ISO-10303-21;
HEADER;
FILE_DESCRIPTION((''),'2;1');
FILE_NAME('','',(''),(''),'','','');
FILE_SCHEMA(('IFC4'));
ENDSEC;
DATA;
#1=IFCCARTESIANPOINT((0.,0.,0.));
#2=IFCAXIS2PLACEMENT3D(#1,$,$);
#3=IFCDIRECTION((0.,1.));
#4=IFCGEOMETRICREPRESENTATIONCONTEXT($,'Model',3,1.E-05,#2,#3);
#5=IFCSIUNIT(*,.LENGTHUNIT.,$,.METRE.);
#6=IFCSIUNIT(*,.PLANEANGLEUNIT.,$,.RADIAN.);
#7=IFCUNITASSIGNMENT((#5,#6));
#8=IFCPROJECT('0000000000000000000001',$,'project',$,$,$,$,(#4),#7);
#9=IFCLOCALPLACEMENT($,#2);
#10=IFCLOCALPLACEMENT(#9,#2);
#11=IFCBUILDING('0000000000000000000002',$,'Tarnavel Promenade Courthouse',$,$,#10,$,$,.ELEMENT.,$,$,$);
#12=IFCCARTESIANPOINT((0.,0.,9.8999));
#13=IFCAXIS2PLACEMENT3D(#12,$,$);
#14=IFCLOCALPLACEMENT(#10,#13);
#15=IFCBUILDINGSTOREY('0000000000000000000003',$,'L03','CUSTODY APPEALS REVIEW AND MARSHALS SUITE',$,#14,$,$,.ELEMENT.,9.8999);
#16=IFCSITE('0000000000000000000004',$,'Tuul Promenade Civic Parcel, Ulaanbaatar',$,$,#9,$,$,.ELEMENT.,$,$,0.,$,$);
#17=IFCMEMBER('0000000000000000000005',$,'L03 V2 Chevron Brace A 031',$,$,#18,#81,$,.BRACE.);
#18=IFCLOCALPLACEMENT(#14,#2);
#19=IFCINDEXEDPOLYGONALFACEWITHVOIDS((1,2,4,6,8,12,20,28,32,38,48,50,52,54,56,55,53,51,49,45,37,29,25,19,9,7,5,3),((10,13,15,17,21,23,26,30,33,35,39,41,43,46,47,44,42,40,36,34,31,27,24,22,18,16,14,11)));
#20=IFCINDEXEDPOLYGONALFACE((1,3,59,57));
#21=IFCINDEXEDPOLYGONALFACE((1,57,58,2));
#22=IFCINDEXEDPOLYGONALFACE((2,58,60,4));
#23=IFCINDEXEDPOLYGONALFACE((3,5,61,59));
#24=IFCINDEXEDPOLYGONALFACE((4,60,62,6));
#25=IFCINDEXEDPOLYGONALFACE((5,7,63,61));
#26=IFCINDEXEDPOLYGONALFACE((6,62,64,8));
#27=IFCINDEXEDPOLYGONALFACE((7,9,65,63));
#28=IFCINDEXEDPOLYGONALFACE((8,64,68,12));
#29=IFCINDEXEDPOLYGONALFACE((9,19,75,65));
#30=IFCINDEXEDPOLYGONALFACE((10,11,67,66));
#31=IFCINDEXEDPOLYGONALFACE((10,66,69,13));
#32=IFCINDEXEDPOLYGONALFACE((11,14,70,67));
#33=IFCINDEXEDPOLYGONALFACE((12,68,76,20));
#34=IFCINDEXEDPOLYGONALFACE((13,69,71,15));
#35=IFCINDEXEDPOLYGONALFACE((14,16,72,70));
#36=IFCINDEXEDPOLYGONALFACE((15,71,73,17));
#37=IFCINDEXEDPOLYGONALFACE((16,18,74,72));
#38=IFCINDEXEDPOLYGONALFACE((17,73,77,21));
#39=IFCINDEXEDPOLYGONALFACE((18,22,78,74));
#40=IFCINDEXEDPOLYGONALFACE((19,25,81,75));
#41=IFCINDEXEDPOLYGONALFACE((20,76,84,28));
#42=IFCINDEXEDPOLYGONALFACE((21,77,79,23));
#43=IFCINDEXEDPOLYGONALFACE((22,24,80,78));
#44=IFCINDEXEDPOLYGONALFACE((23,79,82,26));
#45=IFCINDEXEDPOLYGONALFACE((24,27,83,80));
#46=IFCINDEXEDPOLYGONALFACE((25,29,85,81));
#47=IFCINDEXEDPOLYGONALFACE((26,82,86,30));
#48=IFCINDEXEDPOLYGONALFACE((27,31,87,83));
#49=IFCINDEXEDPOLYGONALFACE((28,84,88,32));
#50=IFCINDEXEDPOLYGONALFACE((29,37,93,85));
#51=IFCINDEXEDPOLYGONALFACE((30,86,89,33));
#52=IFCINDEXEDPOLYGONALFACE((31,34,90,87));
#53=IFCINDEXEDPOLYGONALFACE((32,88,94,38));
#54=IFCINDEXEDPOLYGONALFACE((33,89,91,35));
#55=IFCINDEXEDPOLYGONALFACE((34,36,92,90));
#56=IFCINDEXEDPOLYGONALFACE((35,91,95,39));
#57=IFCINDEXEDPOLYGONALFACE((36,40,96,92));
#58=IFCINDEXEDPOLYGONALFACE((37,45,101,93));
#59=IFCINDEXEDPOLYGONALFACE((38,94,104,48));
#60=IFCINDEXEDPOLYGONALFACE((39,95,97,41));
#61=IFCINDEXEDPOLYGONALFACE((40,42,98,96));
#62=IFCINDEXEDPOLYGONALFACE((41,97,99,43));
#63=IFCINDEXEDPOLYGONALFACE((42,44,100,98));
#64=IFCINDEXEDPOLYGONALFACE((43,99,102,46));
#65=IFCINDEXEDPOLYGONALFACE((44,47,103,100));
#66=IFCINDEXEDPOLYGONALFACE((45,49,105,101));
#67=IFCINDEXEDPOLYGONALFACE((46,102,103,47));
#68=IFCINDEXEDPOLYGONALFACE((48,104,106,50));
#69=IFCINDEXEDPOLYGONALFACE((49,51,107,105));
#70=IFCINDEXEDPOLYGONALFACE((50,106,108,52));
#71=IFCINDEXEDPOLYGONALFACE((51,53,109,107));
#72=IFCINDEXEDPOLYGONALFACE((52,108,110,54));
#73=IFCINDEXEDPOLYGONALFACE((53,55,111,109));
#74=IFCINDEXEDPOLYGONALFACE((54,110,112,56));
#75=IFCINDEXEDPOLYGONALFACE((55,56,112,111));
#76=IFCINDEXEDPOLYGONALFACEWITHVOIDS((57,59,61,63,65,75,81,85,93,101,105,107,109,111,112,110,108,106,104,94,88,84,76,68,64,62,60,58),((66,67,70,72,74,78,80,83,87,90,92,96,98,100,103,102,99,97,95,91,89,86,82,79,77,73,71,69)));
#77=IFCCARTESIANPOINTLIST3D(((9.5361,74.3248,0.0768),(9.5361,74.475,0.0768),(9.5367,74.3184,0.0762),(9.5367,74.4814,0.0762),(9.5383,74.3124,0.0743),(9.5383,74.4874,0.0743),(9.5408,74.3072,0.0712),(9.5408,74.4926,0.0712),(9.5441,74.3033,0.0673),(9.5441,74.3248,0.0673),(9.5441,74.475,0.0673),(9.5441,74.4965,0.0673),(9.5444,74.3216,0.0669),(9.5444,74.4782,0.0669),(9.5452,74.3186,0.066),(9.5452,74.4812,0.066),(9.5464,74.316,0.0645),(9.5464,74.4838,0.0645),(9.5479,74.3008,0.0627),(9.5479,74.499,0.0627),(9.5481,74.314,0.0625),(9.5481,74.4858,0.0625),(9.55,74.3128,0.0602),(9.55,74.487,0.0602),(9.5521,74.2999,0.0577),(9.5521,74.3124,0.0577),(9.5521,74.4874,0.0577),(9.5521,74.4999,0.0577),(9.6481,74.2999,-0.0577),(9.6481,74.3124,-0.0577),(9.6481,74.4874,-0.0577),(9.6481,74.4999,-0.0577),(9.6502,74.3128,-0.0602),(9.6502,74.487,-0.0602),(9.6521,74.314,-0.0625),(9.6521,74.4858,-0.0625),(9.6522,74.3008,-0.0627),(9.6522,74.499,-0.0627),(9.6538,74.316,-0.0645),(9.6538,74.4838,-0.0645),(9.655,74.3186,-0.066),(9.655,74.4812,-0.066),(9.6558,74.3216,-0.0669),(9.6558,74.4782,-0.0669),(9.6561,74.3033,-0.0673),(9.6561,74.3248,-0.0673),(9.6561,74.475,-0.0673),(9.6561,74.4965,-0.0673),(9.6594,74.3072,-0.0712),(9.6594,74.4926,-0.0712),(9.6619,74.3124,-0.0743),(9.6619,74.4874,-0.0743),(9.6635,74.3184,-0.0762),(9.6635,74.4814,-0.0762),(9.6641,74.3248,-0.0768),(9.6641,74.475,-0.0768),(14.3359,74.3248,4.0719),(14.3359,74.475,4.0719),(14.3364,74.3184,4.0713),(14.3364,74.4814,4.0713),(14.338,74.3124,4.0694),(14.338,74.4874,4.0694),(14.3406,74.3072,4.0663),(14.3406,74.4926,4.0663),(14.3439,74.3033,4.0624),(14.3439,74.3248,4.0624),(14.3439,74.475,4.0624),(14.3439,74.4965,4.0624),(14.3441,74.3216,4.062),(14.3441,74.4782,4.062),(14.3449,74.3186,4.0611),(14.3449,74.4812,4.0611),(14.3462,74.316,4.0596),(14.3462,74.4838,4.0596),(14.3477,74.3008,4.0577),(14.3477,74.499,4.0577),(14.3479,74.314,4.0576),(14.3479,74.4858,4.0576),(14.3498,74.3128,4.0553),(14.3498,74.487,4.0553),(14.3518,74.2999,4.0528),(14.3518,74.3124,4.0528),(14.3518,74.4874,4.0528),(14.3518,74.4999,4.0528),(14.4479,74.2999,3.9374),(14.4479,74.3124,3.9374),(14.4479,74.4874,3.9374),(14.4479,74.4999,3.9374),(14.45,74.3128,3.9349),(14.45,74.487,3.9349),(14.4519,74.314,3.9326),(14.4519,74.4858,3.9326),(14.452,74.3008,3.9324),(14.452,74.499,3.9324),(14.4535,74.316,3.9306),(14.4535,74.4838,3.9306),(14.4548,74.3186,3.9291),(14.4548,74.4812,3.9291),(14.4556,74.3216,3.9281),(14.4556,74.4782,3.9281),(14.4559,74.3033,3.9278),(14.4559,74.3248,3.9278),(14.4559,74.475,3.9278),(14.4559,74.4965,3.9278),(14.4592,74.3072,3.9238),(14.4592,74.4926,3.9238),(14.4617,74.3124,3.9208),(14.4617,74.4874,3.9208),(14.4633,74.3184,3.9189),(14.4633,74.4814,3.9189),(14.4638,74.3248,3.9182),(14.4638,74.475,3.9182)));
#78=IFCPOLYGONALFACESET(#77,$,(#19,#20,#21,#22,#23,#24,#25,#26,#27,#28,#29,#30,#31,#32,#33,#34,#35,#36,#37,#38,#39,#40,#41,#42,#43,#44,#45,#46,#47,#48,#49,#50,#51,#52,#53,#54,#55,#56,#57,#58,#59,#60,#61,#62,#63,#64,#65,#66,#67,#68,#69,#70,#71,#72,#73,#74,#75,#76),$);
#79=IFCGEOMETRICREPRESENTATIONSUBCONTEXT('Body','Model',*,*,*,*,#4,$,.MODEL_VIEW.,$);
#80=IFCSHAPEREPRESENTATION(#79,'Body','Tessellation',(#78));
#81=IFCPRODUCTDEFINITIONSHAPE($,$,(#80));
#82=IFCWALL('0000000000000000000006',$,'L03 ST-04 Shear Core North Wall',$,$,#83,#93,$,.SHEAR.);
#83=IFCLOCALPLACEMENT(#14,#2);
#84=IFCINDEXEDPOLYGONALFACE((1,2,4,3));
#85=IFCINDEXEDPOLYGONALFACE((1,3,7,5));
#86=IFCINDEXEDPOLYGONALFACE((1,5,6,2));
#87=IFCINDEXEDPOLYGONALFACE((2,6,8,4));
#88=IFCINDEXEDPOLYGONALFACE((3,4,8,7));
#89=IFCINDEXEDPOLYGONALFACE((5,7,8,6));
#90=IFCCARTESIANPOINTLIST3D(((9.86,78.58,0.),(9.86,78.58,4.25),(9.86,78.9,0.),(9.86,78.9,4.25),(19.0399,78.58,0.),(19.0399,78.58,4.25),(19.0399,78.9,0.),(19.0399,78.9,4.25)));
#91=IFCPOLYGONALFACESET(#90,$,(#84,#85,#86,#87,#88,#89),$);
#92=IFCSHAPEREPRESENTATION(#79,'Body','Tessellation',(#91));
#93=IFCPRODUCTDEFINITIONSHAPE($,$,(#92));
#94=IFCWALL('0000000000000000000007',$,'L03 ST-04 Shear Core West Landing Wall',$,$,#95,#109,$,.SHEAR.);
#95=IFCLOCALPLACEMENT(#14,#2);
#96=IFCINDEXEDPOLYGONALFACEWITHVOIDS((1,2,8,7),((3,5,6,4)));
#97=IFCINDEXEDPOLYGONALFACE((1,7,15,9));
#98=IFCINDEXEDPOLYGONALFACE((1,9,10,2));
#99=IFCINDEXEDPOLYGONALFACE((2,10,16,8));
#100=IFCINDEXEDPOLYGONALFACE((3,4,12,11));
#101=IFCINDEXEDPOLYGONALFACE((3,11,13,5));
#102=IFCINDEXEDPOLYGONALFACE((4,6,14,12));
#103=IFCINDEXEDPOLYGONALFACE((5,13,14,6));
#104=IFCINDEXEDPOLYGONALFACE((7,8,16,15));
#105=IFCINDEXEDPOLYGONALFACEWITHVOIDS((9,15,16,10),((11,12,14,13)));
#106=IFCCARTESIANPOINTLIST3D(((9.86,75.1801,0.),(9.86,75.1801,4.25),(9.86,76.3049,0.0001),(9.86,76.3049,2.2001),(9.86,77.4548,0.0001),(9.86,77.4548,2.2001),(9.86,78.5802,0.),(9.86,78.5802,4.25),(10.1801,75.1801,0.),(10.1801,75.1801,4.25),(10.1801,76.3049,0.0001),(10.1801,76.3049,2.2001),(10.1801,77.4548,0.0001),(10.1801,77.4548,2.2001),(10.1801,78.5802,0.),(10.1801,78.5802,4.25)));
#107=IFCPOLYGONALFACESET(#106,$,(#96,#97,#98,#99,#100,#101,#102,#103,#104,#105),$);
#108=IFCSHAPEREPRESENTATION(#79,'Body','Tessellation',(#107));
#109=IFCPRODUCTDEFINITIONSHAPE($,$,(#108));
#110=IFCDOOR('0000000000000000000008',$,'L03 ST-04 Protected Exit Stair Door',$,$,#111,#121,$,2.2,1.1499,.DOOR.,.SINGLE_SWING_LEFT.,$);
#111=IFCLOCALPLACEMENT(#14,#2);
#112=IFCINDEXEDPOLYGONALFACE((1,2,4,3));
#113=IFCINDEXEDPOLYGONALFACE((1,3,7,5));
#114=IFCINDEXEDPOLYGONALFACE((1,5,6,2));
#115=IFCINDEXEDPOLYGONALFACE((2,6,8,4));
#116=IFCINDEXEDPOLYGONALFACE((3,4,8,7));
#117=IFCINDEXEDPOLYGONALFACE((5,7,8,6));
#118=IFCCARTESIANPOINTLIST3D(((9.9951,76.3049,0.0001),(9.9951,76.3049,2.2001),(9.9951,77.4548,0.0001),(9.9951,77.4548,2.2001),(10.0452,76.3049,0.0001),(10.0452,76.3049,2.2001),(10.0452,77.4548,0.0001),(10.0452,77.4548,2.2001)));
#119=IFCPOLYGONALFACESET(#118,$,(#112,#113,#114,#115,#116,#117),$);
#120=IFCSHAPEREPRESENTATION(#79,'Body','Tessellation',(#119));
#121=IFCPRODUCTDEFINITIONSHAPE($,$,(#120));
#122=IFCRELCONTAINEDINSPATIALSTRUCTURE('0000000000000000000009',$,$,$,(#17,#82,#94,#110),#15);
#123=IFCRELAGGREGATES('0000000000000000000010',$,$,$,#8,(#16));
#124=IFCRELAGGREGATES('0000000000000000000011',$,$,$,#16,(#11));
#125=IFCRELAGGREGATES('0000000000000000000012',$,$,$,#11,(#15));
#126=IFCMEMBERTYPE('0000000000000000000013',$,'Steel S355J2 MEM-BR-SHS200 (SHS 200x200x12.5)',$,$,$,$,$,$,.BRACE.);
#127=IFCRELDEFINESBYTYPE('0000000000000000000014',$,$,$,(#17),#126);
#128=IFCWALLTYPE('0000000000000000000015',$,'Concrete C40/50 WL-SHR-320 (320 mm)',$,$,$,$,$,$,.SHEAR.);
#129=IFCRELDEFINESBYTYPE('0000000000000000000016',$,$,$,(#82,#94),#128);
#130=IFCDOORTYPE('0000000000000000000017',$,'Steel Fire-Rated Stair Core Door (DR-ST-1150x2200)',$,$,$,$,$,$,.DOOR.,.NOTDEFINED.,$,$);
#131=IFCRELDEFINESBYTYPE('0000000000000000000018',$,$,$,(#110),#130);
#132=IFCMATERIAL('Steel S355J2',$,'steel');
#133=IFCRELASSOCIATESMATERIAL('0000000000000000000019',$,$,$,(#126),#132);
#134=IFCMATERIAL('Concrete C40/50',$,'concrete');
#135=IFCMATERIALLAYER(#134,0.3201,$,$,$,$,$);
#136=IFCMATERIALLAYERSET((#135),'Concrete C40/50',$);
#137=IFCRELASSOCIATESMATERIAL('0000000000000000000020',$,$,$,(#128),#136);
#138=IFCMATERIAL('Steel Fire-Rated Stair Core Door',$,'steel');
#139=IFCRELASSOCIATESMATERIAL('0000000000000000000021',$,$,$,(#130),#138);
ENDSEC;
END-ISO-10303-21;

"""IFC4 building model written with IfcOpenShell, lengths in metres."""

from ifc_helpers import new_model, si_unit, direction, frame, frame_2d, origin, origin_2d, place, context, subcontext, project, spatial, rectangle, hollow_rectangle, extrude, material, layer, layer_set, material_profile, profile_set, type_object, element, fill, save


model = new_model("IFC4")

# Units and contexts
model_context = context("Model", 3, precision=1e-05, world=origin(), true_north=direction((0.0, 1.0)))
body_context = subcontext(model_context, "Body", "Model", "MODEL_VIEW")
ifc_project = project(units=[si_unit("LENGTHUNIT", "METRE"), si_unit("PLANEANGLEUNIT", "RADIAN")], contexts=[model_context])

# Site, building, storey
site_placement = place(None, origin())
site = spatial("IfcSite", under=ifc_project, at=site_placement, Name="Tuul Promenade Civic Parcel, Ulaanbaatar", CompositionType="ELEMENT", RefElevation=0.0)
building_placement = place(site_placement, origin())
building = spatial("IfcBuilding", under=site, at=building_placement, Name="Tarnavel Promenade Courthouse", CompositionType="ELEMENT")
storey_placement = place(building_placement, frame((0.0, 0.0, 9.8999)))
storey = spatial("IfcBuildingStorey", under=building, at=storey_placement, Name="L03", Description="CUSTODY APPEALS REVIEW AND MARSHALS SUITE", CompositionType="ELEMENT", Elevation=9.8999)

# Shared definitions
ifc_material_1 = material(Name="Concrete C40/50", Category="concrete")

# Member
ifc_material_2 = material(Name="Steel S355J2", Category="steel")
ifc_material_profile_1 = material_profile(ifc_material_2, hollow_rectangle(XDim=0.2, YDim=0.2, WallThickness=0.0125, InnerFilletRadius=0.0125, OuterFilletRadius=0.0249, at=origin_2d()), Name="SHS 200x200x12.5")
ifc_profile_set_1 = profile_set([ifc_material_profile_1], Name="Steel S355J2")
member_type = type_object("IfcMemberType", Name="Steel S355J2 MEM-BR-SHS200 (SHS 200x200x12.5)", PredefinedType="BRACE", material=ifc_profile_set_1)
member_placement = place(storey_placement, frame((9.6001, 74.3999, 0.0), z_axis=(0.768593, 0.0, 0.639738), x_axis=(0.0, 1.0, 0.0)))
element("IfcMember", 1, at=member_placement, inside=storey, type_object=member_type, Name="L03 V2 Chevron Brace A 031", PredefinedType="BRACE", context=body_context, shape_type="SweptSolid", body=[
    extrude(hollow_rectangle(XDim=0.2, YDim=0.2, WallThickness=0.0125, InnerFilletRadius=0.0125, OuterFilletRadius=0.0249, at=origin_2d()), origin(), (0.0, 0.0, 1.0), 6.2449),
])

# Wall
ifc_layer_1 = layer(ifc_material_1, 0.3201)
ifc_layer_set_1 = layer_set([ifc_layer_1], Name="Concrete C40/50")
wall_type_1 = type_object("IfcWallType", Name="Concrete C40/50 WL-SHR-320 (320 mm)", PredefinedType="SHEAR", material=ifc_layer_set_1)
wall_1_placement = place(storey_placement, frame((9.8601, 78.74, 0.0), z_axis=(0.0, 0.0, 1.0), x_axis=(1.0, 0.0, 0.0)))
element("IfcWall", 2, at=wall_1_placement, inside=storey, type_object=wall_type_1, Name="L03 ST-04 Shear Core North Wall", PredefinedType="SHEAR", context=body_context, shape_type="SweptSolid", body=[
    extrude(rectangle(XDim=9.1799, YDim=0.3201, at=frame_2d((4.5898, 0.0))), origin(), (0.0, 0.0, 1.0), 4.25),
])

# Wall, opening, door
wall_2_placement = place(storey_placement, frame((10.02, 75.1799, 0.0), z_axis=(0.0, 0.0, 1.0), x_axis=(0.0, 1.0, 0.0)))
wall_2 = element("IfcWall", 3, at=wall_2_placement, inside=storey, type_object=wall_type_1, Name="L03 ST-04 Shear Core West Landing Wall", PredefinedType="SHEAR", context=body_context, shape_type="SweptSolid", body=[
    extrude(rectangle(XDim=3.4001, YDim=0.3201, at=frame_2d((1.7002, 0.0))), origin(), (0.0, 0.0, 1.0), 4.25),
])
opening_1_placement = place(wall_2_placement, frame((1.125, 0.0, 0.0)))
opening_1 = element("IfcOpeningElement", 4, at=opening_1_placement, cuts=wall_2, PredefinedType="OPENING", context=body_context, shape_type="SweptSolid", body=[
    extrude(rectangle(XDim=1.1499, YDim=2.2, at=frame_2d((0.575, 1.1001))), frame((0.0, 0.1699, 0.0), z_axis=(0.0, -1.0, 0.0), x_axis=(1.0, 0.0, 0.0)), (0.0, 0.0, 1.0), 0.3401),
])
ifc_material_3 = material(Name="Steel Fire-Rated Stair Core Door", Category="steel")
door_type = type_object("IfcDoorType", Name="Steel Fire-Rated Stair Core Door (DR-ST-1150x2200)", OperationType="NOTDEFINED", PredefinedType="DOOR", material=ifc_material_3)
door_placement = place(opening_1_placement, origin())
door = element("IfcDoor", 5, at=door_placement, inside=storey, type_object=door_type, Name="L03 ST-04 Protected Exit Stair Door", OperationType="SINGLE_SWING_LEFT", OverallHeight=2.2, OverallWidth=1.1499, PredefinedType="DOOR", context=body_context, shape_type="SweptSolid", body=[
    extrude(rectangle(XDim=1.1499, YDim=2.2, at=frame_2d((0.575, 1.1001))), frame((0.0, 0.0249, 0.0), z_axis=(0.0, -1.0, 0.0), x_axis=(1.0, 0.0, 0.0)), (0.0, 0.0, 1.0), 0.05),
])
fill(opening_1, door)

save(model, "model.ifc")
